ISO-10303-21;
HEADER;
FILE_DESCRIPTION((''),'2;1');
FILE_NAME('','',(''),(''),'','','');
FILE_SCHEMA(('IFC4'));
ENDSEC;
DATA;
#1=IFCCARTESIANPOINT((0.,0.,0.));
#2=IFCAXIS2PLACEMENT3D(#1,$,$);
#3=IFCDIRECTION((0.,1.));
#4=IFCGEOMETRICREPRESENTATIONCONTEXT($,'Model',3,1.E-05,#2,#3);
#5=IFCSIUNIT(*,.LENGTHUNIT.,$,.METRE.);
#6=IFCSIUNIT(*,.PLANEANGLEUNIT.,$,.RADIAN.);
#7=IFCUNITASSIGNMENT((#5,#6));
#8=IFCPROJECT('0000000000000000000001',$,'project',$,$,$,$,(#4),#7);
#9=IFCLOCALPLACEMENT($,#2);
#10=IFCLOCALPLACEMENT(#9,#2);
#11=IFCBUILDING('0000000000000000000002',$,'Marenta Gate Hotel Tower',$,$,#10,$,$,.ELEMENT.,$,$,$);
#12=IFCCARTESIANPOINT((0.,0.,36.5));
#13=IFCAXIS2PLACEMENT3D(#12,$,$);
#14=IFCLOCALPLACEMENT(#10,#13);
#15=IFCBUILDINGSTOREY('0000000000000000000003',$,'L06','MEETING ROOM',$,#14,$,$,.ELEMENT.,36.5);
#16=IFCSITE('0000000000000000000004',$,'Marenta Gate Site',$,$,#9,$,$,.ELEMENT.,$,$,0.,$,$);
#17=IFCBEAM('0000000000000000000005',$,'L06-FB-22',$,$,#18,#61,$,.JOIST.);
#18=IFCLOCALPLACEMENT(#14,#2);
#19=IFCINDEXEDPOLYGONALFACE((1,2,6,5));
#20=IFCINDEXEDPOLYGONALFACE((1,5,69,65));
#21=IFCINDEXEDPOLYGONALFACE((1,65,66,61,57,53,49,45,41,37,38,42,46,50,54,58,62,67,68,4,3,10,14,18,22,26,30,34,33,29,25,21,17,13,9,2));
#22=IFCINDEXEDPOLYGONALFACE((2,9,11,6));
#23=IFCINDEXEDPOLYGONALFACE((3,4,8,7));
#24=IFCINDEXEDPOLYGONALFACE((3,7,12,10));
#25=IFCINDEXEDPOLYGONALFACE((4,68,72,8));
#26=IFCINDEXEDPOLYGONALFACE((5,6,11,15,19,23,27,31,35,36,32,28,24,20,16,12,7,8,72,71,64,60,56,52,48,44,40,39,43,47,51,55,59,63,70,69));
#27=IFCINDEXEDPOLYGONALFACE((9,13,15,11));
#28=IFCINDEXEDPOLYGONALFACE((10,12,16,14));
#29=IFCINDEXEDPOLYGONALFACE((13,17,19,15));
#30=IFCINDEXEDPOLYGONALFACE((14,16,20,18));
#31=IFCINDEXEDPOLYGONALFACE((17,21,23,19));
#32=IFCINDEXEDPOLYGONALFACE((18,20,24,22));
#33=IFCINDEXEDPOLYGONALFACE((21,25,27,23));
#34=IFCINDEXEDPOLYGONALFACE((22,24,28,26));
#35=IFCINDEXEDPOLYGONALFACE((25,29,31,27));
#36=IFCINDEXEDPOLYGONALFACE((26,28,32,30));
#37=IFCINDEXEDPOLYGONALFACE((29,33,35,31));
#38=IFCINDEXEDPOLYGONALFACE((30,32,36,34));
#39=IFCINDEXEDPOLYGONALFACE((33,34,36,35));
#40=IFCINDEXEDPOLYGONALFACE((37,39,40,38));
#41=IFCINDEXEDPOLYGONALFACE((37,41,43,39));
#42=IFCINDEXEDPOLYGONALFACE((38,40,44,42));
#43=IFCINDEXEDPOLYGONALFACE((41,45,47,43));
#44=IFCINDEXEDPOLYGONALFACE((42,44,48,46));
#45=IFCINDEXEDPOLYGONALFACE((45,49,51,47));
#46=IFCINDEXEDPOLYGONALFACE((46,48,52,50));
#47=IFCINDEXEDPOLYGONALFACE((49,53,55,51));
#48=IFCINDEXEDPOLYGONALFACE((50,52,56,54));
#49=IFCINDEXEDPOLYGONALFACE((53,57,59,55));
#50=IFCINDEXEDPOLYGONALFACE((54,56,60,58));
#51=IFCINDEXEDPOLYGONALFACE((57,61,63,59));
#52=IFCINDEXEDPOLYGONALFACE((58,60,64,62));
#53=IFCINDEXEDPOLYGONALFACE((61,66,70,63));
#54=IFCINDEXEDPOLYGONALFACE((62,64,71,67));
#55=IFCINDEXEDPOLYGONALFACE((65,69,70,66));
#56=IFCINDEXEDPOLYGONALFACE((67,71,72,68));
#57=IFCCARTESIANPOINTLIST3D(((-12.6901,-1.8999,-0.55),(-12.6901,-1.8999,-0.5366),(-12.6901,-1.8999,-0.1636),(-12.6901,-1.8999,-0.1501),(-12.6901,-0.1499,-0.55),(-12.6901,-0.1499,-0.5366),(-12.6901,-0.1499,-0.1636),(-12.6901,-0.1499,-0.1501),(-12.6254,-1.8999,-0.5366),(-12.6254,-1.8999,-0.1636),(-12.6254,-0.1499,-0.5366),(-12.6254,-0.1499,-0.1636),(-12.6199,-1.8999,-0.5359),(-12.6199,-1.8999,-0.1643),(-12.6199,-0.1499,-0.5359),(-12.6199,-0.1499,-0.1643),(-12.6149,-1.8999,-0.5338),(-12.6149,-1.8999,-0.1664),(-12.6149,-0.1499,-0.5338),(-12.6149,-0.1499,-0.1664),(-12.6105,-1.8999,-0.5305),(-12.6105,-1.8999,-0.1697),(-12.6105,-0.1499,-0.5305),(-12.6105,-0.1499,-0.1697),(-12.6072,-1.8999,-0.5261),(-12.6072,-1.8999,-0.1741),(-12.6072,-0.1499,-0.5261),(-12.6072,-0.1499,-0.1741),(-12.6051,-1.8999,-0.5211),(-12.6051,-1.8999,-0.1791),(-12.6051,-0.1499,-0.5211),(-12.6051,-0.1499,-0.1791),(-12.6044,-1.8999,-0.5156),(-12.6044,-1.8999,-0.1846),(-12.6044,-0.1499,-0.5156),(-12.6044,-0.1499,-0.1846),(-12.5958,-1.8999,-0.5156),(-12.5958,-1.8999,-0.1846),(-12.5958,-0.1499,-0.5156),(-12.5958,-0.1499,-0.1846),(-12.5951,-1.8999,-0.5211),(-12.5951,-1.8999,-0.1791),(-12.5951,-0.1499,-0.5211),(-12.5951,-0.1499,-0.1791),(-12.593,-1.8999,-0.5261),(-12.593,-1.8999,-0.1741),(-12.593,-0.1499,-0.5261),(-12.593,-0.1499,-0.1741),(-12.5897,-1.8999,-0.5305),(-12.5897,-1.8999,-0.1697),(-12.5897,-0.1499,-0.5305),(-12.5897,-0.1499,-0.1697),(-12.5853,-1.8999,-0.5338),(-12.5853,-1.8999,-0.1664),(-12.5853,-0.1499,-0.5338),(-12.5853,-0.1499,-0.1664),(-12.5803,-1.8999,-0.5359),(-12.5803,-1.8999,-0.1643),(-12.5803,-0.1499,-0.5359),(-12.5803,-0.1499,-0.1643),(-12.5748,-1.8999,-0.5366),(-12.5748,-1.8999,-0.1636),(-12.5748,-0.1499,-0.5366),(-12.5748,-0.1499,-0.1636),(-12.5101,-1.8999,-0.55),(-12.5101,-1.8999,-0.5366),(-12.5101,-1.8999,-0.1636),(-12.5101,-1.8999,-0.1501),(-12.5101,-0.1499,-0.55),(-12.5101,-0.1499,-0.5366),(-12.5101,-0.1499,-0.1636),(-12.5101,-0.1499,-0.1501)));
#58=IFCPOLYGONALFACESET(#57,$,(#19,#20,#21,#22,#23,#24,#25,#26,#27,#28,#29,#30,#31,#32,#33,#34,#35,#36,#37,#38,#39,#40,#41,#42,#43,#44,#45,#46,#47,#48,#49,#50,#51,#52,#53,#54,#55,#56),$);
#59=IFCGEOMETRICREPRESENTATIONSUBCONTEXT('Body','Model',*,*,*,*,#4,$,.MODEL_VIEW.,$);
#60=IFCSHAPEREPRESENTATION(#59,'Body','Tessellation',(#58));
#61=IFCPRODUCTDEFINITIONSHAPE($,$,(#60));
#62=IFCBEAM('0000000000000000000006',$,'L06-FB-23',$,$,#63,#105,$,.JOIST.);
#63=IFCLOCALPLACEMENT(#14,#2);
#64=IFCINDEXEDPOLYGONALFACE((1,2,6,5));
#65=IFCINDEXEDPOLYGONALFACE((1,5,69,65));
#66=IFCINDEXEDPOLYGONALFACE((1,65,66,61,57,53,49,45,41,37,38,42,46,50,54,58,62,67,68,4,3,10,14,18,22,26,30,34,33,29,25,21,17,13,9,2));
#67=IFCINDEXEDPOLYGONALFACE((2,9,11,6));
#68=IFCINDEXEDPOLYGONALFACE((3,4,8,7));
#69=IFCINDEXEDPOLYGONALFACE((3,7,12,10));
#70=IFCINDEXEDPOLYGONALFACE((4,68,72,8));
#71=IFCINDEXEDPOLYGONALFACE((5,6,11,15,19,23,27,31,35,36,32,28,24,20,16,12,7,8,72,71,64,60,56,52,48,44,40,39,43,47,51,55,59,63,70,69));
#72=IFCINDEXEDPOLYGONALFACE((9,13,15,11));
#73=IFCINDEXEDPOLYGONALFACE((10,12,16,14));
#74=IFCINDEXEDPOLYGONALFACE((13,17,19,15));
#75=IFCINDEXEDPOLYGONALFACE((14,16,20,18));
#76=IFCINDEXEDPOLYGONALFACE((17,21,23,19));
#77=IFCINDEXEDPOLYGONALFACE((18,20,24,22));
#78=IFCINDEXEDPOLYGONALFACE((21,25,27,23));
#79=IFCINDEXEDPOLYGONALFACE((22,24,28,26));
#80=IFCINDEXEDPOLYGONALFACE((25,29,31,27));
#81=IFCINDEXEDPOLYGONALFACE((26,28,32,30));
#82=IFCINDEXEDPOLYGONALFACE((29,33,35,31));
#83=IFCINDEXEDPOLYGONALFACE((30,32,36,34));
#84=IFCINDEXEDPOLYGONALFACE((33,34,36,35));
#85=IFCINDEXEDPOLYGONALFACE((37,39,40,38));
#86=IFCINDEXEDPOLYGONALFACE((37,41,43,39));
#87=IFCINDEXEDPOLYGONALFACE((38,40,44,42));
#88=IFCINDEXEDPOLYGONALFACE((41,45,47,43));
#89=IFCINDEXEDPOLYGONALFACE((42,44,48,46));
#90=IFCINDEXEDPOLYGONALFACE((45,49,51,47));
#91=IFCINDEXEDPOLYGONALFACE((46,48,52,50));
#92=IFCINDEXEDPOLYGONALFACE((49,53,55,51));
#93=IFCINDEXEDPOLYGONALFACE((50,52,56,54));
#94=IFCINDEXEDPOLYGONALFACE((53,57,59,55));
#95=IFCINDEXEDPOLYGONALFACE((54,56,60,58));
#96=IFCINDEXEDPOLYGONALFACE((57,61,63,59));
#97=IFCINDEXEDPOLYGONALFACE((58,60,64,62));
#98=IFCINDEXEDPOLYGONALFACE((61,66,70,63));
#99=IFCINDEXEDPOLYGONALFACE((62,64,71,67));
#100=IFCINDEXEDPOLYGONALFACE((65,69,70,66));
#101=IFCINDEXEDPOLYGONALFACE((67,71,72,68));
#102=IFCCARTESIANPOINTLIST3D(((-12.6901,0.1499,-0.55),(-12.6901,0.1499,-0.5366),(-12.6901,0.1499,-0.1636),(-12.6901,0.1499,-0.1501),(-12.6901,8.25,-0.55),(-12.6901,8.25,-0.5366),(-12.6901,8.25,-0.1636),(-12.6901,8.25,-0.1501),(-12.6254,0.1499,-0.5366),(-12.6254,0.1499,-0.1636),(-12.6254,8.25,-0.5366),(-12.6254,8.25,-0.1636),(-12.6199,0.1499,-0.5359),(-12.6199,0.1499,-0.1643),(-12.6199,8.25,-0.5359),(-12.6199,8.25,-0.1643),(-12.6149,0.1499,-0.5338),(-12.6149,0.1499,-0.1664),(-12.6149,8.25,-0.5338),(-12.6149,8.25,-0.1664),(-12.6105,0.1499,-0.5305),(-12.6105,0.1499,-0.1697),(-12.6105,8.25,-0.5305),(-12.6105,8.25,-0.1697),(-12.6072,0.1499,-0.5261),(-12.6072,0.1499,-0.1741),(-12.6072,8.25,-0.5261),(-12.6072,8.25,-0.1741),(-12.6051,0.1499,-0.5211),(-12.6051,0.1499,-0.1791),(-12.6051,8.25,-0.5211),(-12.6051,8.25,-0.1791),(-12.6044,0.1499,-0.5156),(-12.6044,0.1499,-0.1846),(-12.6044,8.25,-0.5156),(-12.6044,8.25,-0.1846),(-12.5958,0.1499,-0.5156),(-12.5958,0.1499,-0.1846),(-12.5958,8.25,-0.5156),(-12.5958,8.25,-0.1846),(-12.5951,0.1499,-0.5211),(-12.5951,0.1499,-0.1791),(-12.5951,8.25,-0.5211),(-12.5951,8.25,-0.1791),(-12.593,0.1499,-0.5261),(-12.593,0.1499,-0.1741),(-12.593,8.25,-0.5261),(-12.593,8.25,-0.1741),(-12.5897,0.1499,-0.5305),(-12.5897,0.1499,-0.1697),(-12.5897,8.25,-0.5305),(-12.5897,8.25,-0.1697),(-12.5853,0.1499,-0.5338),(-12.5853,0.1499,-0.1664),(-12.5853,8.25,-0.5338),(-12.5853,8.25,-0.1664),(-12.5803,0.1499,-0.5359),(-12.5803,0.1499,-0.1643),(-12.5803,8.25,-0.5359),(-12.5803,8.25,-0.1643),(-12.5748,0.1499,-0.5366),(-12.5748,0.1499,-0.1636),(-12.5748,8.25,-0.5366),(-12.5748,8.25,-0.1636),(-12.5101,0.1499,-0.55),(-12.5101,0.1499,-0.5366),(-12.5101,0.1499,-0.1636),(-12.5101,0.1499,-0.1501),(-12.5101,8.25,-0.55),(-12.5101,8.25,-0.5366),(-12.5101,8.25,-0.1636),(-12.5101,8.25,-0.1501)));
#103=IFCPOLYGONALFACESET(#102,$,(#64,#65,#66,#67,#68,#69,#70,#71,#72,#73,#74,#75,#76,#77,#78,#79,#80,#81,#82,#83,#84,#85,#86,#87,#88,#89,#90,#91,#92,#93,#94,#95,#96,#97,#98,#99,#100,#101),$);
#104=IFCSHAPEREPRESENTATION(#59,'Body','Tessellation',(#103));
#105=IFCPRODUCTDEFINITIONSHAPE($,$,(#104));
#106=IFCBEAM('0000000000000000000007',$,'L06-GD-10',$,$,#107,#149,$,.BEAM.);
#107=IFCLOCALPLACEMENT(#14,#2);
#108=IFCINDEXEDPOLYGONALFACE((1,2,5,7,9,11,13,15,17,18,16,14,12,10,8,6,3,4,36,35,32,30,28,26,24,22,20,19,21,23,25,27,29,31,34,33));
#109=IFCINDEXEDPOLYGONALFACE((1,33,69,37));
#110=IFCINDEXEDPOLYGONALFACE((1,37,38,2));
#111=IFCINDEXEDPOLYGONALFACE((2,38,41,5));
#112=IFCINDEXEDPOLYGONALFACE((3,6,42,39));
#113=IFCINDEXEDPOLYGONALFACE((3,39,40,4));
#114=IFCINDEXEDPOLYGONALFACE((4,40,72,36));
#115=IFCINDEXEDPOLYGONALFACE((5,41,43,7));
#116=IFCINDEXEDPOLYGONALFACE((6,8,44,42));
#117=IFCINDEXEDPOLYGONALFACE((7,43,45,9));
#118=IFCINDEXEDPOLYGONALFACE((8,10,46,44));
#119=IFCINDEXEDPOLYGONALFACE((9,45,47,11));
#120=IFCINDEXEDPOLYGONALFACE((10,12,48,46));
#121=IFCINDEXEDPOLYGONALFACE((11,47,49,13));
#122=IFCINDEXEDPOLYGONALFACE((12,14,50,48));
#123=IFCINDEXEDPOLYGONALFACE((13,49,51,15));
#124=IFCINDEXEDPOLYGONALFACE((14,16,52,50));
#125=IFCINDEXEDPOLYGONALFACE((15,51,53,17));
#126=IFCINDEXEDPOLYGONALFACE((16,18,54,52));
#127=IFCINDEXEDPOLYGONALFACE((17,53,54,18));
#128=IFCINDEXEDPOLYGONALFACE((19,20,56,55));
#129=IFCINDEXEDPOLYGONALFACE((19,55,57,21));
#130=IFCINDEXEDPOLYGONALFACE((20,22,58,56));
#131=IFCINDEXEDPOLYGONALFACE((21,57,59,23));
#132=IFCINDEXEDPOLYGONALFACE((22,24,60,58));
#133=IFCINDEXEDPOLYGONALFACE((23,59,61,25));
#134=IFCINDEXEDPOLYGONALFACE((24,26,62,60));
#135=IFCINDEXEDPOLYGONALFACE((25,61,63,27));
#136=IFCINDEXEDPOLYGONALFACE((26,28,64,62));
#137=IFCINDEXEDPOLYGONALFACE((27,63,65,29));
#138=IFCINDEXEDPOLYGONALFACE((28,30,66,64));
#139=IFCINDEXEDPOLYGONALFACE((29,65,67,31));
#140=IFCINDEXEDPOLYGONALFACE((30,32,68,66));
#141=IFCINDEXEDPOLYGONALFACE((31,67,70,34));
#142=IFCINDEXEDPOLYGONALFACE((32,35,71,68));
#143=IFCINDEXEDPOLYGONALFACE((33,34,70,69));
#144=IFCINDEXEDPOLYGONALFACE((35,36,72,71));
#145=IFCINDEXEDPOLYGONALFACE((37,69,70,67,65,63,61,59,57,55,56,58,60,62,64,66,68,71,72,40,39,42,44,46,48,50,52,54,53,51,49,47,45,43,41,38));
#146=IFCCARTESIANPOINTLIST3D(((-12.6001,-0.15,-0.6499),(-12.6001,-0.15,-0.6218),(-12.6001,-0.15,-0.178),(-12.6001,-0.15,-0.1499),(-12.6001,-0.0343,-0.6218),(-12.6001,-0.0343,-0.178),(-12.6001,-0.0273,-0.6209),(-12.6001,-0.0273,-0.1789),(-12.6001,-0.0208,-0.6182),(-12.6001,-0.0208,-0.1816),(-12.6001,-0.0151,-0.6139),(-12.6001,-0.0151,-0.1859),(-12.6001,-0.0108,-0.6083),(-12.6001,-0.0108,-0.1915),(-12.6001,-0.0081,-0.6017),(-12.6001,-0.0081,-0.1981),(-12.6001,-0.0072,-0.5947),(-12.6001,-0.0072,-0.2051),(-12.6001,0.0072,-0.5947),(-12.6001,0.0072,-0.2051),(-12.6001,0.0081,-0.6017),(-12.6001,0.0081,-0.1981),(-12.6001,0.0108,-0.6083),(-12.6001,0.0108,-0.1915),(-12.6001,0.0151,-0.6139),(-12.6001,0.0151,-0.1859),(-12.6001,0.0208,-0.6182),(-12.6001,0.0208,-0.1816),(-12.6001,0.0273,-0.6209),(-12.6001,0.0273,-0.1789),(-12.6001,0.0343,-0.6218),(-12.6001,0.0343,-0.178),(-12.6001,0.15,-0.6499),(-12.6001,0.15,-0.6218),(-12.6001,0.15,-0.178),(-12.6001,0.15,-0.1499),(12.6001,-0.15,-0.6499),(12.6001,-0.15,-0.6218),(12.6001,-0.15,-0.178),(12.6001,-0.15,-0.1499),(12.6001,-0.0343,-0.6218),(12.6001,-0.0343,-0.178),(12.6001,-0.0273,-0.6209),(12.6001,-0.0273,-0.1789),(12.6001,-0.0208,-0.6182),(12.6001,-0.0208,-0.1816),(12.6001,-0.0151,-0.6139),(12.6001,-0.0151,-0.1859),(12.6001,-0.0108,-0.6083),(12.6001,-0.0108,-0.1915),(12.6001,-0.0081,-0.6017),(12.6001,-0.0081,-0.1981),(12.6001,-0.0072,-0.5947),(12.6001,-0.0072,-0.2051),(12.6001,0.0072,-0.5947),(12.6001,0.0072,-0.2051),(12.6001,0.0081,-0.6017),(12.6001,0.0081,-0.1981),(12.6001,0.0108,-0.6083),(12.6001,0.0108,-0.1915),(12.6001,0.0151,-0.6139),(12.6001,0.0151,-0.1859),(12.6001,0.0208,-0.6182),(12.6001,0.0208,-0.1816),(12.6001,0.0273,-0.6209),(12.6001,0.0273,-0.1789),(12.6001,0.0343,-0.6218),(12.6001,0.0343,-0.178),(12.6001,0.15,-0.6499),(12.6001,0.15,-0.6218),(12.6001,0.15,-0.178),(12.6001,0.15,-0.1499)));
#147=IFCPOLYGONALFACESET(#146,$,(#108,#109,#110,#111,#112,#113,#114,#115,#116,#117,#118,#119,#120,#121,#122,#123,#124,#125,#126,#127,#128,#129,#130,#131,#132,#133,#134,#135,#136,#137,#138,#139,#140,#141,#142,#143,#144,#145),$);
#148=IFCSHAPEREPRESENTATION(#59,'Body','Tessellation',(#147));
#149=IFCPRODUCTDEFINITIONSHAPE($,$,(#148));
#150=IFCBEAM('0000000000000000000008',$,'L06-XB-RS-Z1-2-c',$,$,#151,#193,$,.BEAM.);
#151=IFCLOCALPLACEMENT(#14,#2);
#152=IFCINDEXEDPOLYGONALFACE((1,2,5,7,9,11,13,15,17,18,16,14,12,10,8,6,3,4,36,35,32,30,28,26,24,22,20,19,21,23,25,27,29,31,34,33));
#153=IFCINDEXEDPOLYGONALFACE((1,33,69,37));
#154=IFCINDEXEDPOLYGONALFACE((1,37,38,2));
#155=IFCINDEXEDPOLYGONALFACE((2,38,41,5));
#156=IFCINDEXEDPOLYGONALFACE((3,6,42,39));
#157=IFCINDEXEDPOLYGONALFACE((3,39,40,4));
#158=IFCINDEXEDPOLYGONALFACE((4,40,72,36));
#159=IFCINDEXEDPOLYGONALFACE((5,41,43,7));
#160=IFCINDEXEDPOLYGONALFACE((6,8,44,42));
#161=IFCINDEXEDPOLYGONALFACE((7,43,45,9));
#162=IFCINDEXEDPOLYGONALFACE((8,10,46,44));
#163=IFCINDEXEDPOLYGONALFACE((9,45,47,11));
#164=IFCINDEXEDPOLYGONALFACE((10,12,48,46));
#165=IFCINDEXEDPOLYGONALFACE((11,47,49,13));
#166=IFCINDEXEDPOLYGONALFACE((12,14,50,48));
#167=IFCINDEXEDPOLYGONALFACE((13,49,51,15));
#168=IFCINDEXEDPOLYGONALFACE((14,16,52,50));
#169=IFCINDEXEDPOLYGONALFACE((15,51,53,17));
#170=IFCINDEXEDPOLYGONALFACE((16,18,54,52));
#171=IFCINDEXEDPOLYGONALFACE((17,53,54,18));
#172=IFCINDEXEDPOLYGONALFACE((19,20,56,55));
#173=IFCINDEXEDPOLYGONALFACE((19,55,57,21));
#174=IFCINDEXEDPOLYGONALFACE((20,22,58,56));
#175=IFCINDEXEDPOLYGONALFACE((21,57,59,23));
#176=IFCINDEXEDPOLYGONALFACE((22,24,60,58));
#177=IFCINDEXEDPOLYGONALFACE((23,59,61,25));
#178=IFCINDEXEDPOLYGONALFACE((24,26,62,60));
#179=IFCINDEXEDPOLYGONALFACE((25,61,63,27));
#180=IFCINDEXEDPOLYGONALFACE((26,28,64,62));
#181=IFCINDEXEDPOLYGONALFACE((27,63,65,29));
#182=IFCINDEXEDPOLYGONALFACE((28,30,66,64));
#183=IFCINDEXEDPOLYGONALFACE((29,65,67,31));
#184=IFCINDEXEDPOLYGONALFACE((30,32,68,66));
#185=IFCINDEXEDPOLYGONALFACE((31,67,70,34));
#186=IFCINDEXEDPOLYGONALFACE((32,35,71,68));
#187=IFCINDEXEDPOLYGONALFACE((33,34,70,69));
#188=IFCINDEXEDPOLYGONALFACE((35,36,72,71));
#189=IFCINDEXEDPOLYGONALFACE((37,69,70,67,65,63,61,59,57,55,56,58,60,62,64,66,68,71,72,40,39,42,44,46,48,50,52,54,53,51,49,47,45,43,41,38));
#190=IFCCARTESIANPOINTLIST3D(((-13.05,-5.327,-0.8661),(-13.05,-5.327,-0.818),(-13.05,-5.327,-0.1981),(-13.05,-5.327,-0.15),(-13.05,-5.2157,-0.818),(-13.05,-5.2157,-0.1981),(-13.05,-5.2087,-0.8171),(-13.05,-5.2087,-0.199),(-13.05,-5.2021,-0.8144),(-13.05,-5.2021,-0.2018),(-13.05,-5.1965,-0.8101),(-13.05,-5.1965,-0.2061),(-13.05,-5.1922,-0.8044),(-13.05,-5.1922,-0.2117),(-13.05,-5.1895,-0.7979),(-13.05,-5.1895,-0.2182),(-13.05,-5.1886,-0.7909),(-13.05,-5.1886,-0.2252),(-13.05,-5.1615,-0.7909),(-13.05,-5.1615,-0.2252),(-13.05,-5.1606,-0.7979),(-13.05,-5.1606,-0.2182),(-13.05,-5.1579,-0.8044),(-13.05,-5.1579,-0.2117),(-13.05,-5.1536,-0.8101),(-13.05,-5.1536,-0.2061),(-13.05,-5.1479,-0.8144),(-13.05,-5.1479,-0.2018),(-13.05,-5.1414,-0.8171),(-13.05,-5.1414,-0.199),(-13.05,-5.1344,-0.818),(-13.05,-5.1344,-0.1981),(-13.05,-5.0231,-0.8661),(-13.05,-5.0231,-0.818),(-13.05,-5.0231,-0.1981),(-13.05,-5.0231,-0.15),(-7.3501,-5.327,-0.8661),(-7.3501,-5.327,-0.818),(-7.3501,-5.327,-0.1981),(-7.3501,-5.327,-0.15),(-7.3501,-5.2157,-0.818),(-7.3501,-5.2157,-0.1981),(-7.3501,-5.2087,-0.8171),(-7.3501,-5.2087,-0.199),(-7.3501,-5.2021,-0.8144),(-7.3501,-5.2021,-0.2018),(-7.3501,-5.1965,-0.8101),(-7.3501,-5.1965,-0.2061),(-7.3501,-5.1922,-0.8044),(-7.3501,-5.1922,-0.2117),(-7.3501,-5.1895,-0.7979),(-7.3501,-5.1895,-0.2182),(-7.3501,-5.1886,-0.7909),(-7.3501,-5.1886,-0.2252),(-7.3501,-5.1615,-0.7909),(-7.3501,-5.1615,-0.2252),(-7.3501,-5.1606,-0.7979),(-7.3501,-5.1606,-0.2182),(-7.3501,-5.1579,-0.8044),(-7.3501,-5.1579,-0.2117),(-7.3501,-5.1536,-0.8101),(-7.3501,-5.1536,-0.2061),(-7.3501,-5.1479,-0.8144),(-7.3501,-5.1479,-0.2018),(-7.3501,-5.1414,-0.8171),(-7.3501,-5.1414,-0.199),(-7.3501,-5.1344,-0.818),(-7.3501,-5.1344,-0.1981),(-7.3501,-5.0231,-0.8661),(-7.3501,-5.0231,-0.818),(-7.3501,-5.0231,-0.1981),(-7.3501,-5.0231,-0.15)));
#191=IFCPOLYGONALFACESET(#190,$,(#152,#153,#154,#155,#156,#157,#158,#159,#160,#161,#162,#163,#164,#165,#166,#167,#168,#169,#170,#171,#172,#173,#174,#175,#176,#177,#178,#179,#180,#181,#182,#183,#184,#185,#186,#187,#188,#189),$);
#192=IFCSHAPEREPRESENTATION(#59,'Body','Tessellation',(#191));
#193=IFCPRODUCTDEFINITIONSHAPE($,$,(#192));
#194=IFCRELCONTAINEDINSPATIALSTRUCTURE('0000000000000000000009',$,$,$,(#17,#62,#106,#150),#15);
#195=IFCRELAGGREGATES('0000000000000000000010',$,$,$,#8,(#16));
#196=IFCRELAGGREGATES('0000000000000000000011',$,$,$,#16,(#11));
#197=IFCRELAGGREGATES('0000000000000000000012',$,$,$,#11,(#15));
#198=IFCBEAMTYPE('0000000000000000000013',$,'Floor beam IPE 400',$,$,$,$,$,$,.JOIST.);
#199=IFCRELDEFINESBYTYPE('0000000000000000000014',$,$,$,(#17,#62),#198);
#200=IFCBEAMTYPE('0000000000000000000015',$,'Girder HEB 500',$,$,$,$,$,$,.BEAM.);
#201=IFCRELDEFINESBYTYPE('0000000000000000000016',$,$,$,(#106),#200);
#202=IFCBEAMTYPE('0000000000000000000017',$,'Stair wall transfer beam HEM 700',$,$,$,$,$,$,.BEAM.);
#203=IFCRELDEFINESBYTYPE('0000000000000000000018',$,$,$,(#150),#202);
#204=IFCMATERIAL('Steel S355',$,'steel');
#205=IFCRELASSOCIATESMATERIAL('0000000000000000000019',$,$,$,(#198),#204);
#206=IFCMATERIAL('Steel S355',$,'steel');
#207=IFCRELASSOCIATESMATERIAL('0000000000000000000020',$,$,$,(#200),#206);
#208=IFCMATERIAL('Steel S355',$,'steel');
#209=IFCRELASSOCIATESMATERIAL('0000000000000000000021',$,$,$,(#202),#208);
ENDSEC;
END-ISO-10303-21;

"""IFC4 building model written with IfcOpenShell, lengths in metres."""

from ifc_helpers import new_model, si_unit, direction, frame, origin, origin_2d, place, context, subcontext, project, spatial, i_section, extrude, material, material_profile, profile_set, type_object, element, save


model = new_model("IFC4")

# Units and contexts
model_context = context("Model", 3, precision=1e-05, world=origin(), true_north=direction((0.0, 1.0)))
body_context = subcontext(model_context, "Body", "Model", "MODEL_VIEW")
ifc_project = project(units=[si_unit("LENGTHUNIT", "METRE"), si_unit("PLANEANGLEUNIT", "RADIAN")], contexts=[model_context])

# Site, building, storey
site_placement = place(None, origin())
site = spatial("IfcSite", under=ifc_project, at=site_placement, Name="Marenta Gate Site", CompositionType="ELEMENT", RefElevation=0.0)
building_placement = place(site_placement, origin())
building = spatial("IfcBuilding", under=site, at=building_placement, Name="Marenta Gate Hotel Tower", CompositionType="ELEMENT")
storey_placement = place(building_placement, frame((0.0, 0.0, 36.5)))
storey = spatial("IfcBuildingStorey", under=building, at=storey_placement, Name="L06", Description="MEETING ROOM", CompositionType="ELEMENT", Elevation=36.5)

# Beams
ifc_material_1 = material(Name="Steel S355", Category="steel")
ifc_material_profile_1 = material_profile(ifc_material_1, i_section(OverallWidth=0.1799, OverallDepth=0.3999, WebThickness=0.0085, FlangeThickness=0.0134, FilletRadius=0.021, at=origin_2d()), Name="IPE 400")
ifc_profile_set_1 = profile_set([ifc_material_profile_1], Name="Steel S355")
beam_type_1 = type_object("IfcBeamType", Name="Floor beam IPE 400", PredefinedType="JOIST", material=ifc_profile_set_1)
beam_1_placement = place(storey_placement, frame((-12.6001, -1.8999, -0.3501), z_axis=(0.0, 1.0, 0.0), x_axis=(-1.0, 0.0, 0.0)))
element("IfcBeam", 1, at=beam_1_placement, inside=storey, type_object=beam_type_1, Name="L06-FB-22", PredefinedType="JOIST", context=body_context, shape_type="SweptSolid", body=[
    extrude(i_section(OverallWidth=0.1799, OverallDepth=0.3999, WebThickness=0.0085, FlangeThickness=0.0134, FilletRadius=0.021, at=origin_2d()), origin(), (0.0, 0.0, 1.0), 1.75),
])
beam_2_placement = place(storey_placement, frame((-12.6001, 0.1499, -0.3501), z_axis=(0.0, 1.0, 0.0), x_axis=(-1.0, 0.0, 0.0)))
element("IfcBeam", 2, at=beam_2_placement, inside=storey, type_object=beam_type_1, Name="L06-FB-23", PredefinedType="JOIST", context=body_context, shape_type="SweptSolid", body=[
    extrude(i_section(OverallWidth=0.1799, OverallDepth=0.3999, WebThickness=0.0085, FlangeThickness=0.0134, FilletRadius=0.021, at=origin_2d()), origin(), (0.0, 0.0, 1.0), 8.1001),
])
ifc_material_2 = material(Name="Steel S355", Category="steel")
ifc_material_profile_2 = material_profile(ifc_material_2, i_section(OverallWidth=0.3, OverallDepth=0.5, WebThickness=0.0144, FlangeThickness=0.0281, FilletRadius=0.0271, at=origin_2d()), Name="HEB 500")
ifc_profile_set_2 = profile_set([ifc_material_profile_2], Name="Steel S355")
beam_type_2 = type_object("IfcBeamType", Name="Girder HEB 500", PredefinedType="BEAM", material=ifc_profile_set_2)
beam_3_placement = place(storey_placement, frame((-12.6001, 0.0, -0.3999), z_axis=(1.0, 0.0, 0.0), x_axis=(0.0, 1.0, 0.0)))
element("IfcBeam", 3, at=beam_3_placement, inside=storey, type_object=beam_type_2, Name="L06-GD-10", PredefinedType="BEAM", context=body_context, shape_type="SweptSolid", body=[
    extrude(i_section(OverallWidth=0.3, OverallDepth=0.5, WebThickness=0.0144, FlangeThickness=0.0281, FilletRadius=0.0271, at=origin_2d()), origin(), (0.0, 0.0, 1.0), 25.2002),
])
ifc_material_3 = material(Name="Steel S355", Category="steel")
ifc_material_profile_3 = material_profile(ifc_material_3, i_section(OverallWidth=0.304, OverallDepth=0.7161, WebThickness=0.0271, FlangeThickness=0.0481, FilletRadius=0.0271, at=origin_2d()), Name="HEM 700")
ifc_profile_set_3 = profile_set([ifc_material_profile_3], Name="Steel S355")
beam_type_3 = type_object("IfcBeamType", Name="Stair wall transfer beam HEM 700", PredefinedType="BEAM", material=ifc_profile_set_3)
for number, where, z_axis, x_axis, name in (
    (4, (-13.05, -5.175, -0.5081), (1.0, 0.0, 0.0), (0.0, 1.0, 0.0), "L06-XB-RS-Z1-2-c"),
):
    element("IfcBeam", number, at=place(storey_placement, frame(where, z_axis=z_axis, x_axis=x_axis)), inside=storey, type_object=beam_type_3, Name=name, PredefinedType="BEAM", context=body_context, shape_type="SweptSolid", body=[
        extrude(i_section(OverallWidth=0.304, OverallDepth=0.7161, WebThickness=0.0271, FlangeThickness=0.0481, FilletRadius=0.0271, at=origin_2d()), origin(), (0.0, 0.0, 1.0), 5.7),
    ])

save(model, "model.ifc")
